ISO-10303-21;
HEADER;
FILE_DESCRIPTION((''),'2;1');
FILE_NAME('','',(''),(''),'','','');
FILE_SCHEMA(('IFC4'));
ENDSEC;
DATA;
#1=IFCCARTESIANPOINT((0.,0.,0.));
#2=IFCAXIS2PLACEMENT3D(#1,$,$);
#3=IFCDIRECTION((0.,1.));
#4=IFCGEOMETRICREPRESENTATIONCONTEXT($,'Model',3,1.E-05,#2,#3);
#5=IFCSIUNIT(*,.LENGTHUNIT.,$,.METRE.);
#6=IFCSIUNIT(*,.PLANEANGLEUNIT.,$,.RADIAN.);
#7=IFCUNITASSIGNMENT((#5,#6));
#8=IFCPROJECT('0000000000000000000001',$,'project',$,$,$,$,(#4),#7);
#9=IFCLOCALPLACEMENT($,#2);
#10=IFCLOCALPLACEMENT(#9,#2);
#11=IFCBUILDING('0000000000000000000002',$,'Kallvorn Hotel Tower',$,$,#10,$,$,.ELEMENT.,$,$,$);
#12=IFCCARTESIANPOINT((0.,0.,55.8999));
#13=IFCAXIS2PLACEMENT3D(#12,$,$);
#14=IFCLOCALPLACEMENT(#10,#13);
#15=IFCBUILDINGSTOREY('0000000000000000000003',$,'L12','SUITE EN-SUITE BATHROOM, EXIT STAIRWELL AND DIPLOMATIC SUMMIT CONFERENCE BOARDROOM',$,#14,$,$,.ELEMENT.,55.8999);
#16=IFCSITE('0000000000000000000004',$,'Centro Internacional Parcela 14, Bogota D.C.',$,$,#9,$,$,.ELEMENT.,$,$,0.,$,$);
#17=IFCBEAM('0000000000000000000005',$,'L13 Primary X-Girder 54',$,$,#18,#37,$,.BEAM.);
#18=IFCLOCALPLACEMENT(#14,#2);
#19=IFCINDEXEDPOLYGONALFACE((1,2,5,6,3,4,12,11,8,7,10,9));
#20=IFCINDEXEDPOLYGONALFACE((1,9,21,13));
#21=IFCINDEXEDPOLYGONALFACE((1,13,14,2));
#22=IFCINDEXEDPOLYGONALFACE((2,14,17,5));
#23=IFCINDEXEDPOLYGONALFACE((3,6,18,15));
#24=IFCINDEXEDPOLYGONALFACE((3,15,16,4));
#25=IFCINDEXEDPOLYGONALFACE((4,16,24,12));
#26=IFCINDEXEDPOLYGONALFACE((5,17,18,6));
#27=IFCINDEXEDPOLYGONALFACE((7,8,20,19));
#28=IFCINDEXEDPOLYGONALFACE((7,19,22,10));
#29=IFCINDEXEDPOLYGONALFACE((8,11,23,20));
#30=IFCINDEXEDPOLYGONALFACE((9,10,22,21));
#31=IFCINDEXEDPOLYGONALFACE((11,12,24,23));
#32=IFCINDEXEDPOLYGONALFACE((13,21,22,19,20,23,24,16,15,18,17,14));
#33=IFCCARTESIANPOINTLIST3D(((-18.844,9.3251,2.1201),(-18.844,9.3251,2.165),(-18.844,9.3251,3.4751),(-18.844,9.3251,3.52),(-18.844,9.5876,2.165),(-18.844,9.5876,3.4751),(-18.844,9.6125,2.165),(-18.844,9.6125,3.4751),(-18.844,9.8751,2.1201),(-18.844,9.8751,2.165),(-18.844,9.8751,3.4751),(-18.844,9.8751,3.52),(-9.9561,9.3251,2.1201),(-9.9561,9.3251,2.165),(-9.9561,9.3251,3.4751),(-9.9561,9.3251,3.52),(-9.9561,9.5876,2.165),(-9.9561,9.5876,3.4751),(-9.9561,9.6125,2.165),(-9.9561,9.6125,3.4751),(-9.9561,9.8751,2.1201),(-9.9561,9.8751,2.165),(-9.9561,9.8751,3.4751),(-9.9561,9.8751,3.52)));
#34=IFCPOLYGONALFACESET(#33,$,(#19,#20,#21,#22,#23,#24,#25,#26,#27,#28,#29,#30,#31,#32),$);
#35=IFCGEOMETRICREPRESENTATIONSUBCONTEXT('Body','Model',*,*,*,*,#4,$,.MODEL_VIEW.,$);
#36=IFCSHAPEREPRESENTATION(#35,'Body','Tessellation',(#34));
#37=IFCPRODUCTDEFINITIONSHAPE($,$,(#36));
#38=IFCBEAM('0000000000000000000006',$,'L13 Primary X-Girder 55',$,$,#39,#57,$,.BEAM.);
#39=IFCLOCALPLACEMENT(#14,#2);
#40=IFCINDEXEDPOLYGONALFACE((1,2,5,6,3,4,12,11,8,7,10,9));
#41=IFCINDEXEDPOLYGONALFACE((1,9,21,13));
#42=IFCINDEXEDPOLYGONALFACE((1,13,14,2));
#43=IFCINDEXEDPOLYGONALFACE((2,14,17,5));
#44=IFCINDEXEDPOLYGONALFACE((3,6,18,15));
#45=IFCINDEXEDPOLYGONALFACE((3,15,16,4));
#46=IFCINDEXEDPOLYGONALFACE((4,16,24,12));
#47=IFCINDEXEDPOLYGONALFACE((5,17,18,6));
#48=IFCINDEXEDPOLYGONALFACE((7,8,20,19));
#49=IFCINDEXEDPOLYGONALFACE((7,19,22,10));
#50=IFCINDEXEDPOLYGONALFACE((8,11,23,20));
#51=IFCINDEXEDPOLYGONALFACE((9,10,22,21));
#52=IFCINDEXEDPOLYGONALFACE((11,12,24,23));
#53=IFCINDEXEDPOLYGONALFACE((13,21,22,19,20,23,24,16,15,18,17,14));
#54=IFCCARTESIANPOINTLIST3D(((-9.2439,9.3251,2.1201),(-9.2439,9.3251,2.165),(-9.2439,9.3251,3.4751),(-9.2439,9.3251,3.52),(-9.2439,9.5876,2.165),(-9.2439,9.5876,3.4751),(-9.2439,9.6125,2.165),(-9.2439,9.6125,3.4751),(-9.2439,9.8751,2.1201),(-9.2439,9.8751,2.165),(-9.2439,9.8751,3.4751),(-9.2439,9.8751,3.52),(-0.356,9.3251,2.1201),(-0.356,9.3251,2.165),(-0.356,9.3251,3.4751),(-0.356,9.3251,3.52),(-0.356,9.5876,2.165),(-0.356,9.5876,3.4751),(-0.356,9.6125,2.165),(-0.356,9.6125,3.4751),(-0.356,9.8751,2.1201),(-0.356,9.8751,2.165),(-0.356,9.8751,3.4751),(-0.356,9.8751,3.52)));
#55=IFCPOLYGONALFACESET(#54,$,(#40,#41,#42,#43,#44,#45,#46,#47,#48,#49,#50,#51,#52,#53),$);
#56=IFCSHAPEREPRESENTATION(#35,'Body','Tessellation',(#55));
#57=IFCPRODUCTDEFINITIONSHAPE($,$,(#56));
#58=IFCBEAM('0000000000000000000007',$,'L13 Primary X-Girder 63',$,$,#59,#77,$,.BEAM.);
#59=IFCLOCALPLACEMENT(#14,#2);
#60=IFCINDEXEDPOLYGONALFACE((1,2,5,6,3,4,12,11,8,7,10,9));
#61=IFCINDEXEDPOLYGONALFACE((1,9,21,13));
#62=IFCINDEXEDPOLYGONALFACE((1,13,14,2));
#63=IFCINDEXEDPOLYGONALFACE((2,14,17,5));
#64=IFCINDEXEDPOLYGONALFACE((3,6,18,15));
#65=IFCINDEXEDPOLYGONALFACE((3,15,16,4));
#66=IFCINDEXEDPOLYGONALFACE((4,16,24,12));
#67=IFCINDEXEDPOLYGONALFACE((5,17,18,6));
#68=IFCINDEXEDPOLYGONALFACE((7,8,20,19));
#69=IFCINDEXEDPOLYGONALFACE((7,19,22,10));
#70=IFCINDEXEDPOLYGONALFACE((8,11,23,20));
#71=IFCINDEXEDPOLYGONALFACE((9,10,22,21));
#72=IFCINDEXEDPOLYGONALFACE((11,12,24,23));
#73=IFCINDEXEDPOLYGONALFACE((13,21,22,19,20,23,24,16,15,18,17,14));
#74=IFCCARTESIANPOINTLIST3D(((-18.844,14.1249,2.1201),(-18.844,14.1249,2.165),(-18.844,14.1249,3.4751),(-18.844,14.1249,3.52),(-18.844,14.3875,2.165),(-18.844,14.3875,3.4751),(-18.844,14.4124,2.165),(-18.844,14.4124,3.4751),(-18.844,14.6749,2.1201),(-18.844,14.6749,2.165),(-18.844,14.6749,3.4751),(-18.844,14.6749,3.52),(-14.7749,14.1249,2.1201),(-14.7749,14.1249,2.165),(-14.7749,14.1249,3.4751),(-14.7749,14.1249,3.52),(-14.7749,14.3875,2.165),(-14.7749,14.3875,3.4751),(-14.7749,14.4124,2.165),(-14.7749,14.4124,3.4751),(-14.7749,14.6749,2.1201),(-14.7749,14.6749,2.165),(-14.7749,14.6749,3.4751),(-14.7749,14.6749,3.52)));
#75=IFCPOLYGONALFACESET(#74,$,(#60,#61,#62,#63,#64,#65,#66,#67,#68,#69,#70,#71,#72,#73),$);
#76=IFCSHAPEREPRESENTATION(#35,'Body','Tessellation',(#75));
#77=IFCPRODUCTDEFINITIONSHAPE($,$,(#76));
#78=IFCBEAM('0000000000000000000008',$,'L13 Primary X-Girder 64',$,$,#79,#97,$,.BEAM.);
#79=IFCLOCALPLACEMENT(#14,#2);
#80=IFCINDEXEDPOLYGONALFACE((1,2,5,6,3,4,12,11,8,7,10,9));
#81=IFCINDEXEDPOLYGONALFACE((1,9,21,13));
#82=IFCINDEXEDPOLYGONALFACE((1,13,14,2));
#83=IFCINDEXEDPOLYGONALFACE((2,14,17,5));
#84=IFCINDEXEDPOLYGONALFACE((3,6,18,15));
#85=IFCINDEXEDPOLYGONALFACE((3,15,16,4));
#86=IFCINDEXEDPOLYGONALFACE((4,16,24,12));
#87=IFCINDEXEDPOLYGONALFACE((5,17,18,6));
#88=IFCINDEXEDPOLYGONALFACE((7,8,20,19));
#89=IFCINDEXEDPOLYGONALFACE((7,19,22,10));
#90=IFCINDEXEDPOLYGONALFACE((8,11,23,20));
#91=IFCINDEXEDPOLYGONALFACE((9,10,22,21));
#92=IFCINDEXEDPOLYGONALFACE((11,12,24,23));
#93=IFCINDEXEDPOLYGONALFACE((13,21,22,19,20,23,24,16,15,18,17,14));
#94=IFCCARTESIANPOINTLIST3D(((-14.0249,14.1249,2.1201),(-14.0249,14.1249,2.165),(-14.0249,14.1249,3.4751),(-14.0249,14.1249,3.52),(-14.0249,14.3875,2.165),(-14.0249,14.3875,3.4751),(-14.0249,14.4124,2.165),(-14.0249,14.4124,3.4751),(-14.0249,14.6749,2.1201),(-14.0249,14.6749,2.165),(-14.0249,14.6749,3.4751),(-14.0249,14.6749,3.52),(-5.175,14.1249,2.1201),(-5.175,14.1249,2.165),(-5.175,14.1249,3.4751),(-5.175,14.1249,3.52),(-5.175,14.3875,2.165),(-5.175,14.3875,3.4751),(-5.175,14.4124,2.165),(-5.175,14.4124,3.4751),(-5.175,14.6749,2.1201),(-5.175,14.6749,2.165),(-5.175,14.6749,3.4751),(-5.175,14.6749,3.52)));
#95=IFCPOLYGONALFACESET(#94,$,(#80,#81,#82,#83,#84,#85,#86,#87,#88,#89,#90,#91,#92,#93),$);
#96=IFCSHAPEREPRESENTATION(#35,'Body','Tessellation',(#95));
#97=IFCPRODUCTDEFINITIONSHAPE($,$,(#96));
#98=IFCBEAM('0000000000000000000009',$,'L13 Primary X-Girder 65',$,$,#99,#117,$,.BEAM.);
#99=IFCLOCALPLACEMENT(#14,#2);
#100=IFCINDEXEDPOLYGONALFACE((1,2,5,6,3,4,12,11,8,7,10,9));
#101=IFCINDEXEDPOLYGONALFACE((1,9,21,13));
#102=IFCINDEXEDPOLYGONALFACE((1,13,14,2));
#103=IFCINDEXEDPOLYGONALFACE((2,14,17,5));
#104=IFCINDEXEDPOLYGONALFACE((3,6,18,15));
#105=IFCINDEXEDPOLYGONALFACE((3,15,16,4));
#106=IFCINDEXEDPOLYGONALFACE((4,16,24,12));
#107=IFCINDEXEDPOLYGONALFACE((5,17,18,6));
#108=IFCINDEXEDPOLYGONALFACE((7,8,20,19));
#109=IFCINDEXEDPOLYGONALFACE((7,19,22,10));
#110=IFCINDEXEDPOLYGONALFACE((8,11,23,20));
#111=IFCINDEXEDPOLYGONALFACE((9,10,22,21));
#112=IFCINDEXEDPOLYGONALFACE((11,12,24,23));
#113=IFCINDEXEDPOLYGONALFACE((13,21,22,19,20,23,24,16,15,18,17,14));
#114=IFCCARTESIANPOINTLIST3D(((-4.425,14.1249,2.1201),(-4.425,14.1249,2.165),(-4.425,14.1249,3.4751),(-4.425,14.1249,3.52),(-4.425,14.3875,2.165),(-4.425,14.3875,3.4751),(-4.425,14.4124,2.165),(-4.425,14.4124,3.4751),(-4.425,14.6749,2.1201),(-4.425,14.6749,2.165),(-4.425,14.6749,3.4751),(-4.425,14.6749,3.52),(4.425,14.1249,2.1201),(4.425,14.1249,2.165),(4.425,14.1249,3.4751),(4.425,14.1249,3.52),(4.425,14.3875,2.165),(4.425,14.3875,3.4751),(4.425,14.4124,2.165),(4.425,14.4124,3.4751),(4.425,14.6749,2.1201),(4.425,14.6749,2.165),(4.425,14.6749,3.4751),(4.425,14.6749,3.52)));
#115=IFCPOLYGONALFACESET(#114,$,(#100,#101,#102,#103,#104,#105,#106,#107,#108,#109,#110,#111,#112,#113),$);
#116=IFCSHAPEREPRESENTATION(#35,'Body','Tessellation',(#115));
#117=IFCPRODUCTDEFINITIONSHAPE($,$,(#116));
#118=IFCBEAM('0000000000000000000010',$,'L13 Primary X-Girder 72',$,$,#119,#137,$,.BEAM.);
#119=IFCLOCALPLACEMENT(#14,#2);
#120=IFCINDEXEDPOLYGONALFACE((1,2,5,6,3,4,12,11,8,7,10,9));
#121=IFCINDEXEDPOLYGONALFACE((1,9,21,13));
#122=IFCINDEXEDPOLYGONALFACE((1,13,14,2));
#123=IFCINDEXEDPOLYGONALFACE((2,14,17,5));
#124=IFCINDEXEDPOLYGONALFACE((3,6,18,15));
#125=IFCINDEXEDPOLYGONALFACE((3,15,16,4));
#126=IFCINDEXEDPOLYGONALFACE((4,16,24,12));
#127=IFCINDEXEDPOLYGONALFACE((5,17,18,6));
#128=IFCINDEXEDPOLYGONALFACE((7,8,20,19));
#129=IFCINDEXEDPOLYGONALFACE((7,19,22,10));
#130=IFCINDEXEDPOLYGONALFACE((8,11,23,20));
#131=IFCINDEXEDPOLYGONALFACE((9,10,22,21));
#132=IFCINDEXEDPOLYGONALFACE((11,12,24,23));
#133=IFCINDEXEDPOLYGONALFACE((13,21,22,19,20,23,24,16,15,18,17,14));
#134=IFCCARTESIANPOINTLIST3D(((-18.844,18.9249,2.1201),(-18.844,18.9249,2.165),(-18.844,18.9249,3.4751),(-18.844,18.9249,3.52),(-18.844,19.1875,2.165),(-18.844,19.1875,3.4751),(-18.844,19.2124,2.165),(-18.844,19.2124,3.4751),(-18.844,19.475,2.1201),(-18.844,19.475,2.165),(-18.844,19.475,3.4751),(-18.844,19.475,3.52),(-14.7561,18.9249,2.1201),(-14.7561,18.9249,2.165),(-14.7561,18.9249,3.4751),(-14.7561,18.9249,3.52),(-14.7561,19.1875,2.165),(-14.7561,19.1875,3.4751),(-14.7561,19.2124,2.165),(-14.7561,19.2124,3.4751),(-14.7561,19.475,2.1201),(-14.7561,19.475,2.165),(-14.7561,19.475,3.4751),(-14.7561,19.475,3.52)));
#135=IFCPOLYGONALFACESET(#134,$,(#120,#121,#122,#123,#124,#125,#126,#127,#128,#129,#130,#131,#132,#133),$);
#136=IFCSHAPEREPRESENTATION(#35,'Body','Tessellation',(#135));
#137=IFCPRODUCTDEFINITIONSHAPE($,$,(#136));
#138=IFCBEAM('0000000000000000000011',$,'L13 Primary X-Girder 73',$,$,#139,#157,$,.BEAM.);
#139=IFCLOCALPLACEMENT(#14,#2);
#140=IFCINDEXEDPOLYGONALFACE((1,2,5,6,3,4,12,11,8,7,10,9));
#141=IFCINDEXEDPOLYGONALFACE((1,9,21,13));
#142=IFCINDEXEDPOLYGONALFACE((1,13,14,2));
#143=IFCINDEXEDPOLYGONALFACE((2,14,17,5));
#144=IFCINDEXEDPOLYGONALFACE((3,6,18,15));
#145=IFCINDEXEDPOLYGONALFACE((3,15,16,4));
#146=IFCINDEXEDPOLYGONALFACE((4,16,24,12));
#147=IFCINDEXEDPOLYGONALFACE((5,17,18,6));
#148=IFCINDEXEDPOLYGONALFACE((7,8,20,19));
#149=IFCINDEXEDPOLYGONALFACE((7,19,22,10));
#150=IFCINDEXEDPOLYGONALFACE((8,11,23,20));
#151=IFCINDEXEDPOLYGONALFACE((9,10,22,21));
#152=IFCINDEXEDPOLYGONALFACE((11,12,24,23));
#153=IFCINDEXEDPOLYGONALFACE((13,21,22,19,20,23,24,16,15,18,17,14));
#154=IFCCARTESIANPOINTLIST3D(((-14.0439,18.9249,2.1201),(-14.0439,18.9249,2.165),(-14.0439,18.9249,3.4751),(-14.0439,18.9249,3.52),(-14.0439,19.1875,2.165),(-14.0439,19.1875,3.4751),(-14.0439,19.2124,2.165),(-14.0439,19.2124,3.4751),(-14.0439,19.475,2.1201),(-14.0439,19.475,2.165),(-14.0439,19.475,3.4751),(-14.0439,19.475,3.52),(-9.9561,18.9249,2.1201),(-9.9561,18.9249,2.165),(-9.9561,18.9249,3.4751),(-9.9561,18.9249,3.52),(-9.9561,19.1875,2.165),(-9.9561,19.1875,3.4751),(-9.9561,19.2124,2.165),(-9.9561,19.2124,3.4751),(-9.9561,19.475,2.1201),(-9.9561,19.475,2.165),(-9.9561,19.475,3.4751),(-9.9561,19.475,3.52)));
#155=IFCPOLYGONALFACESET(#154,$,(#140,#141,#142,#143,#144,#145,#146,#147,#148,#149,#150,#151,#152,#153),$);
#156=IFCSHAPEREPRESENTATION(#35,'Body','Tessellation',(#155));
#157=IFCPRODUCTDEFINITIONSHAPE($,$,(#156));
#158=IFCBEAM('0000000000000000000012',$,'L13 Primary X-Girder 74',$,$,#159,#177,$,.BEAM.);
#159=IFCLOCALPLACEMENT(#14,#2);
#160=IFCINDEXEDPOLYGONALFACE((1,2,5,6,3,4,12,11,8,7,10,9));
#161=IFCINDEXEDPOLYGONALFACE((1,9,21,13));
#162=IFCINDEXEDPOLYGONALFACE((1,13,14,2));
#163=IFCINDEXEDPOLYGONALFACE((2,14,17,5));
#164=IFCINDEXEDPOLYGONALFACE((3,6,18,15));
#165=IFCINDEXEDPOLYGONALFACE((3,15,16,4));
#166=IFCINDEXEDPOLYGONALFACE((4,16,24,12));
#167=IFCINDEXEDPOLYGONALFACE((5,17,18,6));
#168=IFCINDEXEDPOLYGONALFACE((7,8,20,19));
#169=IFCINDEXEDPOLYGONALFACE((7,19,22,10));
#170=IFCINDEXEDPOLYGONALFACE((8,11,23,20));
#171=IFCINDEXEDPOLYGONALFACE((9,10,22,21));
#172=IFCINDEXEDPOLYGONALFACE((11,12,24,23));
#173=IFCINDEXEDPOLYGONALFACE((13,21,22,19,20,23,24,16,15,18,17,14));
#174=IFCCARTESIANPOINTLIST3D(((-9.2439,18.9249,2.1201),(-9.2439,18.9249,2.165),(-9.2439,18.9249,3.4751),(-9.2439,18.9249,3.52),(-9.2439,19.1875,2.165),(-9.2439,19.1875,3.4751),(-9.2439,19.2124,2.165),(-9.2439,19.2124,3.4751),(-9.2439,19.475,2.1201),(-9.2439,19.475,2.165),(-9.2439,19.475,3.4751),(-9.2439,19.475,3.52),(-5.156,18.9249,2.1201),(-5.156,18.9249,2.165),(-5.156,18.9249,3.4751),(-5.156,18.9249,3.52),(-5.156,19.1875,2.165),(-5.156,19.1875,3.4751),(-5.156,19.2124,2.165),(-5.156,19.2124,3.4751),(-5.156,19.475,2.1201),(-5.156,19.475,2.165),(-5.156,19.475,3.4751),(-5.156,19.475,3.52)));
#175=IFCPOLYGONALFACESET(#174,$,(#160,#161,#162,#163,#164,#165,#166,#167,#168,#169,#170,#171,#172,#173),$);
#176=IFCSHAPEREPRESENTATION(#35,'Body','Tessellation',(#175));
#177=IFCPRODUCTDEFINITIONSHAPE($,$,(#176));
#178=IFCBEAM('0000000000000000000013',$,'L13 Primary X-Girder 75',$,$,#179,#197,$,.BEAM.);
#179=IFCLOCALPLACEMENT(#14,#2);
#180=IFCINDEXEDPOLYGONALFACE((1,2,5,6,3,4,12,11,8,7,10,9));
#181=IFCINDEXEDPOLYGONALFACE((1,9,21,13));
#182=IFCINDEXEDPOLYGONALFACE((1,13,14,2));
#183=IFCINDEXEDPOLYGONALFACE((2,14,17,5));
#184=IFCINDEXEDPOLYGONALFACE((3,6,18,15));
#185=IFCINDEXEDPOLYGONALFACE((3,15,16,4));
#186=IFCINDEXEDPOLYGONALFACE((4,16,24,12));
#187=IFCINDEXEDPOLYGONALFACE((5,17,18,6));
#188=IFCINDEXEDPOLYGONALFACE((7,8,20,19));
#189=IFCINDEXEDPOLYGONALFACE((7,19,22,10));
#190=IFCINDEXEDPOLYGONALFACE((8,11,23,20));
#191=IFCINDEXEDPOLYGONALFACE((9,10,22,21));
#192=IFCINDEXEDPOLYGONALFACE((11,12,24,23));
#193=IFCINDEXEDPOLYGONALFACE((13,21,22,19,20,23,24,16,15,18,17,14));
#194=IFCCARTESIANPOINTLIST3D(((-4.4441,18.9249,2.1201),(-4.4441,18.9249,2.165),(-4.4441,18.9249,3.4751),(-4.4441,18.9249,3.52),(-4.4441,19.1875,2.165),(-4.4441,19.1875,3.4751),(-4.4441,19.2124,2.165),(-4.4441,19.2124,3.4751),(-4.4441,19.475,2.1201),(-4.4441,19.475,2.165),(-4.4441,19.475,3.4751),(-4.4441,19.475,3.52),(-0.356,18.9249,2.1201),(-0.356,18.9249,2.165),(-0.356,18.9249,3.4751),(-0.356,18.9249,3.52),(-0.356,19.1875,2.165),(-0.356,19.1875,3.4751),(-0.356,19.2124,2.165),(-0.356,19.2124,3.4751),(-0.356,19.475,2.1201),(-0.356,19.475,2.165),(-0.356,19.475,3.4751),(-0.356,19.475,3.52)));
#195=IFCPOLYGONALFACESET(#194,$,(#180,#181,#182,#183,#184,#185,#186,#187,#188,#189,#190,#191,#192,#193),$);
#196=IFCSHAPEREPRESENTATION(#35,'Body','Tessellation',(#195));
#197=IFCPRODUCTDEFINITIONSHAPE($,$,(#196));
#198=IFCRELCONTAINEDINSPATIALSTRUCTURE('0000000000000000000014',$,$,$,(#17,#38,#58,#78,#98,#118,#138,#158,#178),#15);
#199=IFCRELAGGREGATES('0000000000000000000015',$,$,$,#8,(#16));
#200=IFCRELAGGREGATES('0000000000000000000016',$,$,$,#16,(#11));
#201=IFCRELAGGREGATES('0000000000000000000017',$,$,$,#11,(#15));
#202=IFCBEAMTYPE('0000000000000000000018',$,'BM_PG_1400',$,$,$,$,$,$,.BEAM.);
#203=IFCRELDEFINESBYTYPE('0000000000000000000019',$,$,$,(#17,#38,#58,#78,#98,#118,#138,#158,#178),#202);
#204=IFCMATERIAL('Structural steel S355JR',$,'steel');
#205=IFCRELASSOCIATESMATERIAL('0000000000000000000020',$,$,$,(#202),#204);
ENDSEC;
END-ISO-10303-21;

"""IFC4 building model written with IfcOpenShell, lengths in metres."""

from ifc_helpers import new_model, si_unit, direction, frame, origin, origin_2d, place, context, subcontext, project, spatial, i_section, extrude, material, material_profile, profile_set, type_object, element, save


model = new_model("IFC4")

# Units and contexts
model_context = context("Model", 3, precision=1e-05, world=origin(), true_north=direction((0.0, 1.0)))
body_context = subcontext(model_context, "Body", "Model", "MODEL_VIEW")
ifc_project = project(units=[si_unit("LENGTHUNIT", "METRE"), si_unit("PLANEANGLEUNIT", "RADIAN")], contexts=[model_context])

# Site, building, storey
site_placement = place(None, origin())
site = spatial("IfcSite", under=ifc_project, at=site_placement, Name="Centro Internacional Parcela 14, Bogota D.C.", CompositionType="ELEMENT", RefElevation=0.0)
building_placement = place(site_placement, origin())
building = spatial("IfcBuilding", under=site, at=building_placement, Name="Kallvorn Hotel Tower", CompositionType="ELEMENT")
storey_placement = place(building_placement, frame((0.0, 0.0, 55.8999)))
storey = spatial("IfcBuildingStorey", under=building, at=storey_placement, Name="L12", Description="SUITE EN-SUITE BATHROOM, EXIT STAIRWELL AND DIPLOMATIC SUMMIT CONFERENCE BOARDROOM", CompositionType="ELEMENT", Elevation=55.8999)

# Beams
ifc_material_1 = material(Name="Structural steel S355JR", Category="steel")
ifc_material_profile_1 = material_profile(ifc_material_1, i_section(OverallWidth=0.55, OverallDepth=1.3999, WebThickness=0.0249, FlangeThickness=0.0449, at=origin_2d()), Name="PG 1400x550x25x45")
ifc_profile_set_1 = profile_set([ifc_material_profile_1], Name="Structural steel S355JR")
beam_type_1 = type_object("IfcBeamType", Name="BM_PG_1400", PredefinedType="BEAM", material=ifc_profile_set_1)
for number, where, z_axis, x_axis, name in (
    (1, (-18.844, 9.6001, 2.8201), (1.0, 0.0, 0.0), (0.0, 1.0, 0.0), "L13 Primary X-Girder 54"),
    (2, (-9.2439, 9.6001, 2.8201), (1.0, 0.0, 0.0), (0.0, 1.0, 0.0), "L13 Primary X-Girder 55"),
):
    element("IfcBeam", number, at=place(storey_placement, frame(where, z_axis=z_axis, x_axis=x_axis)), inside=storey, type_object=beam_type_1, Name=name, PredefinedType="BEAM", context=body_context, shape_type="SweptSolid", body=[
        extrude(i_section(OverallWidth=0.55, OverallDepth=1.3999, WebThickness=0.0249, FlangeThickness=0.0449, at=origin_2d()), origin(), (0.0, 0.0, 1.0), 8.8879),
    ])
beam_1_placement = place(storey_placement, frame((-18.844, 14.3999, 2.8201), z_axis=(1.0, 0.0, 0.0), x_axis=(0.0, 1.0, 0.0)))
element("IfcBeam", 3, at=beam_1_placement, inside=storey, type_object=beam_type_1, Name="L13 Primary X-Girder 63", PredefinedType="BEAM", context=body_context, shape_type="SweptSolid", body=[
    extrude(i_section(OverallWidth=0.55, OverallDepth=1.3999, WebThickness=0.0249, FlangeThickness=0.0449, at=origin_2d()), origin(), (0.0, 0.0, 1.0), 4.0691),
])
beam_2_placement = place(storey_placement, frame((-14.0249, 14.3999, 2.8201), z_axis=(1.0, 0.0, 0.0), x_axis=(0.0, 1.0, 0.0)))
element("IfcBeam", 4, at=beam_2_placement, inside=storey, type_object=beam_type_1, Name="L13 Primary X-Girder 64", PredefinedType="BEAM", context=body_context, shape_type="SweptSolid", body=[
    extrude(i_section(OverallWidth=0.55, OverallDepth=1.3999, WebThickness=0.0249, FlangeThickness=0.0449, at=origin_2d()), origin(), (0.0, 0.0, 1.0), 8.8499),
])
beam_3_placement = place(storey_placement, frame((-4.425, 14.3999, 2.8201), z_axis=(1.0, 0.0, 0.0), x_axis=(0.0, 1.0, 0.0)))
element("IfcBeam", 5, at=beam_3_placement, inside=storey, type_object=beam_type_1, Name="L13 Primary X-Girder 65", PredefinedType="BEAM", context=body_context, shape_type="SweptSolid", body=[
    extrude(i_section(OverallWidth=0.55, OverallDepth=1.3999, WebThickness=0.0249, FlangeThickness=0.0449, at=origin_2d()), origin(), (0.0, 0.0, 1.0), 8.8501),
])
for number, where, z_axis, x_axis, name in (
    (6, (-18.844, 19.2, 2.8201), (1.0, 0.0, 0.0), (0.0, 1.0, 0.0), "L13 Primary X-Girder 72"),
    (7, (-14.0439, 19.2, 2.8201), (1.0, 0.0, 0.0), (0.0, 1.0, 0.0), "L13 Primary X-Girder 73"),
    (8, (-9.2439, 19.2, 2.8201), (1.0, 0.0, 0.0), (0.0, 1.0, 0.0), "L13 Primary X-Girder 74"),
):
    element("IfcBeam", number, at=place(storey_placement, frame(where, z_axis=z_axis, x_axis=x_axis)), inside=storey, type_object=beam_type_1, Name=name, PredefinedType="BEAM", context=body_context, shape_type="SweptSolid", body=[
        extrude(i_section(OverallWidth=0.55, OverallDepth=1.3999, WebThickness=0.0249, FlangeThickness=0.0449, at=origin_2d()), origin(), (0.0, 0.0, 1.0), 4.0879),
    ])
beam_4_placement = place(storey_placement, frame((-4.4441, 19.2, 2.8201), z_axis=(1.0, 0.0, 0.0), x_axis=(0.0, 1.0, 0.0)))
element("IfcBeam", 9, at=beam_4_placement, inside=storey, type_object=beam_type_1, Name="L13 Primary X-Girder 75", PredefinedType="BEAM", context=body_context, shape_type="SweptSolid", body=[
    extrude(i_section(OverallWidth=0.55, OverallDepth=1.3999, WebThickness=0.0249, FlangeThickness=0.0449, at=origin_2d()), origin(), (0.0, 0.0, 1.0), 4.0881),
])

save(model, "model.ifc")
